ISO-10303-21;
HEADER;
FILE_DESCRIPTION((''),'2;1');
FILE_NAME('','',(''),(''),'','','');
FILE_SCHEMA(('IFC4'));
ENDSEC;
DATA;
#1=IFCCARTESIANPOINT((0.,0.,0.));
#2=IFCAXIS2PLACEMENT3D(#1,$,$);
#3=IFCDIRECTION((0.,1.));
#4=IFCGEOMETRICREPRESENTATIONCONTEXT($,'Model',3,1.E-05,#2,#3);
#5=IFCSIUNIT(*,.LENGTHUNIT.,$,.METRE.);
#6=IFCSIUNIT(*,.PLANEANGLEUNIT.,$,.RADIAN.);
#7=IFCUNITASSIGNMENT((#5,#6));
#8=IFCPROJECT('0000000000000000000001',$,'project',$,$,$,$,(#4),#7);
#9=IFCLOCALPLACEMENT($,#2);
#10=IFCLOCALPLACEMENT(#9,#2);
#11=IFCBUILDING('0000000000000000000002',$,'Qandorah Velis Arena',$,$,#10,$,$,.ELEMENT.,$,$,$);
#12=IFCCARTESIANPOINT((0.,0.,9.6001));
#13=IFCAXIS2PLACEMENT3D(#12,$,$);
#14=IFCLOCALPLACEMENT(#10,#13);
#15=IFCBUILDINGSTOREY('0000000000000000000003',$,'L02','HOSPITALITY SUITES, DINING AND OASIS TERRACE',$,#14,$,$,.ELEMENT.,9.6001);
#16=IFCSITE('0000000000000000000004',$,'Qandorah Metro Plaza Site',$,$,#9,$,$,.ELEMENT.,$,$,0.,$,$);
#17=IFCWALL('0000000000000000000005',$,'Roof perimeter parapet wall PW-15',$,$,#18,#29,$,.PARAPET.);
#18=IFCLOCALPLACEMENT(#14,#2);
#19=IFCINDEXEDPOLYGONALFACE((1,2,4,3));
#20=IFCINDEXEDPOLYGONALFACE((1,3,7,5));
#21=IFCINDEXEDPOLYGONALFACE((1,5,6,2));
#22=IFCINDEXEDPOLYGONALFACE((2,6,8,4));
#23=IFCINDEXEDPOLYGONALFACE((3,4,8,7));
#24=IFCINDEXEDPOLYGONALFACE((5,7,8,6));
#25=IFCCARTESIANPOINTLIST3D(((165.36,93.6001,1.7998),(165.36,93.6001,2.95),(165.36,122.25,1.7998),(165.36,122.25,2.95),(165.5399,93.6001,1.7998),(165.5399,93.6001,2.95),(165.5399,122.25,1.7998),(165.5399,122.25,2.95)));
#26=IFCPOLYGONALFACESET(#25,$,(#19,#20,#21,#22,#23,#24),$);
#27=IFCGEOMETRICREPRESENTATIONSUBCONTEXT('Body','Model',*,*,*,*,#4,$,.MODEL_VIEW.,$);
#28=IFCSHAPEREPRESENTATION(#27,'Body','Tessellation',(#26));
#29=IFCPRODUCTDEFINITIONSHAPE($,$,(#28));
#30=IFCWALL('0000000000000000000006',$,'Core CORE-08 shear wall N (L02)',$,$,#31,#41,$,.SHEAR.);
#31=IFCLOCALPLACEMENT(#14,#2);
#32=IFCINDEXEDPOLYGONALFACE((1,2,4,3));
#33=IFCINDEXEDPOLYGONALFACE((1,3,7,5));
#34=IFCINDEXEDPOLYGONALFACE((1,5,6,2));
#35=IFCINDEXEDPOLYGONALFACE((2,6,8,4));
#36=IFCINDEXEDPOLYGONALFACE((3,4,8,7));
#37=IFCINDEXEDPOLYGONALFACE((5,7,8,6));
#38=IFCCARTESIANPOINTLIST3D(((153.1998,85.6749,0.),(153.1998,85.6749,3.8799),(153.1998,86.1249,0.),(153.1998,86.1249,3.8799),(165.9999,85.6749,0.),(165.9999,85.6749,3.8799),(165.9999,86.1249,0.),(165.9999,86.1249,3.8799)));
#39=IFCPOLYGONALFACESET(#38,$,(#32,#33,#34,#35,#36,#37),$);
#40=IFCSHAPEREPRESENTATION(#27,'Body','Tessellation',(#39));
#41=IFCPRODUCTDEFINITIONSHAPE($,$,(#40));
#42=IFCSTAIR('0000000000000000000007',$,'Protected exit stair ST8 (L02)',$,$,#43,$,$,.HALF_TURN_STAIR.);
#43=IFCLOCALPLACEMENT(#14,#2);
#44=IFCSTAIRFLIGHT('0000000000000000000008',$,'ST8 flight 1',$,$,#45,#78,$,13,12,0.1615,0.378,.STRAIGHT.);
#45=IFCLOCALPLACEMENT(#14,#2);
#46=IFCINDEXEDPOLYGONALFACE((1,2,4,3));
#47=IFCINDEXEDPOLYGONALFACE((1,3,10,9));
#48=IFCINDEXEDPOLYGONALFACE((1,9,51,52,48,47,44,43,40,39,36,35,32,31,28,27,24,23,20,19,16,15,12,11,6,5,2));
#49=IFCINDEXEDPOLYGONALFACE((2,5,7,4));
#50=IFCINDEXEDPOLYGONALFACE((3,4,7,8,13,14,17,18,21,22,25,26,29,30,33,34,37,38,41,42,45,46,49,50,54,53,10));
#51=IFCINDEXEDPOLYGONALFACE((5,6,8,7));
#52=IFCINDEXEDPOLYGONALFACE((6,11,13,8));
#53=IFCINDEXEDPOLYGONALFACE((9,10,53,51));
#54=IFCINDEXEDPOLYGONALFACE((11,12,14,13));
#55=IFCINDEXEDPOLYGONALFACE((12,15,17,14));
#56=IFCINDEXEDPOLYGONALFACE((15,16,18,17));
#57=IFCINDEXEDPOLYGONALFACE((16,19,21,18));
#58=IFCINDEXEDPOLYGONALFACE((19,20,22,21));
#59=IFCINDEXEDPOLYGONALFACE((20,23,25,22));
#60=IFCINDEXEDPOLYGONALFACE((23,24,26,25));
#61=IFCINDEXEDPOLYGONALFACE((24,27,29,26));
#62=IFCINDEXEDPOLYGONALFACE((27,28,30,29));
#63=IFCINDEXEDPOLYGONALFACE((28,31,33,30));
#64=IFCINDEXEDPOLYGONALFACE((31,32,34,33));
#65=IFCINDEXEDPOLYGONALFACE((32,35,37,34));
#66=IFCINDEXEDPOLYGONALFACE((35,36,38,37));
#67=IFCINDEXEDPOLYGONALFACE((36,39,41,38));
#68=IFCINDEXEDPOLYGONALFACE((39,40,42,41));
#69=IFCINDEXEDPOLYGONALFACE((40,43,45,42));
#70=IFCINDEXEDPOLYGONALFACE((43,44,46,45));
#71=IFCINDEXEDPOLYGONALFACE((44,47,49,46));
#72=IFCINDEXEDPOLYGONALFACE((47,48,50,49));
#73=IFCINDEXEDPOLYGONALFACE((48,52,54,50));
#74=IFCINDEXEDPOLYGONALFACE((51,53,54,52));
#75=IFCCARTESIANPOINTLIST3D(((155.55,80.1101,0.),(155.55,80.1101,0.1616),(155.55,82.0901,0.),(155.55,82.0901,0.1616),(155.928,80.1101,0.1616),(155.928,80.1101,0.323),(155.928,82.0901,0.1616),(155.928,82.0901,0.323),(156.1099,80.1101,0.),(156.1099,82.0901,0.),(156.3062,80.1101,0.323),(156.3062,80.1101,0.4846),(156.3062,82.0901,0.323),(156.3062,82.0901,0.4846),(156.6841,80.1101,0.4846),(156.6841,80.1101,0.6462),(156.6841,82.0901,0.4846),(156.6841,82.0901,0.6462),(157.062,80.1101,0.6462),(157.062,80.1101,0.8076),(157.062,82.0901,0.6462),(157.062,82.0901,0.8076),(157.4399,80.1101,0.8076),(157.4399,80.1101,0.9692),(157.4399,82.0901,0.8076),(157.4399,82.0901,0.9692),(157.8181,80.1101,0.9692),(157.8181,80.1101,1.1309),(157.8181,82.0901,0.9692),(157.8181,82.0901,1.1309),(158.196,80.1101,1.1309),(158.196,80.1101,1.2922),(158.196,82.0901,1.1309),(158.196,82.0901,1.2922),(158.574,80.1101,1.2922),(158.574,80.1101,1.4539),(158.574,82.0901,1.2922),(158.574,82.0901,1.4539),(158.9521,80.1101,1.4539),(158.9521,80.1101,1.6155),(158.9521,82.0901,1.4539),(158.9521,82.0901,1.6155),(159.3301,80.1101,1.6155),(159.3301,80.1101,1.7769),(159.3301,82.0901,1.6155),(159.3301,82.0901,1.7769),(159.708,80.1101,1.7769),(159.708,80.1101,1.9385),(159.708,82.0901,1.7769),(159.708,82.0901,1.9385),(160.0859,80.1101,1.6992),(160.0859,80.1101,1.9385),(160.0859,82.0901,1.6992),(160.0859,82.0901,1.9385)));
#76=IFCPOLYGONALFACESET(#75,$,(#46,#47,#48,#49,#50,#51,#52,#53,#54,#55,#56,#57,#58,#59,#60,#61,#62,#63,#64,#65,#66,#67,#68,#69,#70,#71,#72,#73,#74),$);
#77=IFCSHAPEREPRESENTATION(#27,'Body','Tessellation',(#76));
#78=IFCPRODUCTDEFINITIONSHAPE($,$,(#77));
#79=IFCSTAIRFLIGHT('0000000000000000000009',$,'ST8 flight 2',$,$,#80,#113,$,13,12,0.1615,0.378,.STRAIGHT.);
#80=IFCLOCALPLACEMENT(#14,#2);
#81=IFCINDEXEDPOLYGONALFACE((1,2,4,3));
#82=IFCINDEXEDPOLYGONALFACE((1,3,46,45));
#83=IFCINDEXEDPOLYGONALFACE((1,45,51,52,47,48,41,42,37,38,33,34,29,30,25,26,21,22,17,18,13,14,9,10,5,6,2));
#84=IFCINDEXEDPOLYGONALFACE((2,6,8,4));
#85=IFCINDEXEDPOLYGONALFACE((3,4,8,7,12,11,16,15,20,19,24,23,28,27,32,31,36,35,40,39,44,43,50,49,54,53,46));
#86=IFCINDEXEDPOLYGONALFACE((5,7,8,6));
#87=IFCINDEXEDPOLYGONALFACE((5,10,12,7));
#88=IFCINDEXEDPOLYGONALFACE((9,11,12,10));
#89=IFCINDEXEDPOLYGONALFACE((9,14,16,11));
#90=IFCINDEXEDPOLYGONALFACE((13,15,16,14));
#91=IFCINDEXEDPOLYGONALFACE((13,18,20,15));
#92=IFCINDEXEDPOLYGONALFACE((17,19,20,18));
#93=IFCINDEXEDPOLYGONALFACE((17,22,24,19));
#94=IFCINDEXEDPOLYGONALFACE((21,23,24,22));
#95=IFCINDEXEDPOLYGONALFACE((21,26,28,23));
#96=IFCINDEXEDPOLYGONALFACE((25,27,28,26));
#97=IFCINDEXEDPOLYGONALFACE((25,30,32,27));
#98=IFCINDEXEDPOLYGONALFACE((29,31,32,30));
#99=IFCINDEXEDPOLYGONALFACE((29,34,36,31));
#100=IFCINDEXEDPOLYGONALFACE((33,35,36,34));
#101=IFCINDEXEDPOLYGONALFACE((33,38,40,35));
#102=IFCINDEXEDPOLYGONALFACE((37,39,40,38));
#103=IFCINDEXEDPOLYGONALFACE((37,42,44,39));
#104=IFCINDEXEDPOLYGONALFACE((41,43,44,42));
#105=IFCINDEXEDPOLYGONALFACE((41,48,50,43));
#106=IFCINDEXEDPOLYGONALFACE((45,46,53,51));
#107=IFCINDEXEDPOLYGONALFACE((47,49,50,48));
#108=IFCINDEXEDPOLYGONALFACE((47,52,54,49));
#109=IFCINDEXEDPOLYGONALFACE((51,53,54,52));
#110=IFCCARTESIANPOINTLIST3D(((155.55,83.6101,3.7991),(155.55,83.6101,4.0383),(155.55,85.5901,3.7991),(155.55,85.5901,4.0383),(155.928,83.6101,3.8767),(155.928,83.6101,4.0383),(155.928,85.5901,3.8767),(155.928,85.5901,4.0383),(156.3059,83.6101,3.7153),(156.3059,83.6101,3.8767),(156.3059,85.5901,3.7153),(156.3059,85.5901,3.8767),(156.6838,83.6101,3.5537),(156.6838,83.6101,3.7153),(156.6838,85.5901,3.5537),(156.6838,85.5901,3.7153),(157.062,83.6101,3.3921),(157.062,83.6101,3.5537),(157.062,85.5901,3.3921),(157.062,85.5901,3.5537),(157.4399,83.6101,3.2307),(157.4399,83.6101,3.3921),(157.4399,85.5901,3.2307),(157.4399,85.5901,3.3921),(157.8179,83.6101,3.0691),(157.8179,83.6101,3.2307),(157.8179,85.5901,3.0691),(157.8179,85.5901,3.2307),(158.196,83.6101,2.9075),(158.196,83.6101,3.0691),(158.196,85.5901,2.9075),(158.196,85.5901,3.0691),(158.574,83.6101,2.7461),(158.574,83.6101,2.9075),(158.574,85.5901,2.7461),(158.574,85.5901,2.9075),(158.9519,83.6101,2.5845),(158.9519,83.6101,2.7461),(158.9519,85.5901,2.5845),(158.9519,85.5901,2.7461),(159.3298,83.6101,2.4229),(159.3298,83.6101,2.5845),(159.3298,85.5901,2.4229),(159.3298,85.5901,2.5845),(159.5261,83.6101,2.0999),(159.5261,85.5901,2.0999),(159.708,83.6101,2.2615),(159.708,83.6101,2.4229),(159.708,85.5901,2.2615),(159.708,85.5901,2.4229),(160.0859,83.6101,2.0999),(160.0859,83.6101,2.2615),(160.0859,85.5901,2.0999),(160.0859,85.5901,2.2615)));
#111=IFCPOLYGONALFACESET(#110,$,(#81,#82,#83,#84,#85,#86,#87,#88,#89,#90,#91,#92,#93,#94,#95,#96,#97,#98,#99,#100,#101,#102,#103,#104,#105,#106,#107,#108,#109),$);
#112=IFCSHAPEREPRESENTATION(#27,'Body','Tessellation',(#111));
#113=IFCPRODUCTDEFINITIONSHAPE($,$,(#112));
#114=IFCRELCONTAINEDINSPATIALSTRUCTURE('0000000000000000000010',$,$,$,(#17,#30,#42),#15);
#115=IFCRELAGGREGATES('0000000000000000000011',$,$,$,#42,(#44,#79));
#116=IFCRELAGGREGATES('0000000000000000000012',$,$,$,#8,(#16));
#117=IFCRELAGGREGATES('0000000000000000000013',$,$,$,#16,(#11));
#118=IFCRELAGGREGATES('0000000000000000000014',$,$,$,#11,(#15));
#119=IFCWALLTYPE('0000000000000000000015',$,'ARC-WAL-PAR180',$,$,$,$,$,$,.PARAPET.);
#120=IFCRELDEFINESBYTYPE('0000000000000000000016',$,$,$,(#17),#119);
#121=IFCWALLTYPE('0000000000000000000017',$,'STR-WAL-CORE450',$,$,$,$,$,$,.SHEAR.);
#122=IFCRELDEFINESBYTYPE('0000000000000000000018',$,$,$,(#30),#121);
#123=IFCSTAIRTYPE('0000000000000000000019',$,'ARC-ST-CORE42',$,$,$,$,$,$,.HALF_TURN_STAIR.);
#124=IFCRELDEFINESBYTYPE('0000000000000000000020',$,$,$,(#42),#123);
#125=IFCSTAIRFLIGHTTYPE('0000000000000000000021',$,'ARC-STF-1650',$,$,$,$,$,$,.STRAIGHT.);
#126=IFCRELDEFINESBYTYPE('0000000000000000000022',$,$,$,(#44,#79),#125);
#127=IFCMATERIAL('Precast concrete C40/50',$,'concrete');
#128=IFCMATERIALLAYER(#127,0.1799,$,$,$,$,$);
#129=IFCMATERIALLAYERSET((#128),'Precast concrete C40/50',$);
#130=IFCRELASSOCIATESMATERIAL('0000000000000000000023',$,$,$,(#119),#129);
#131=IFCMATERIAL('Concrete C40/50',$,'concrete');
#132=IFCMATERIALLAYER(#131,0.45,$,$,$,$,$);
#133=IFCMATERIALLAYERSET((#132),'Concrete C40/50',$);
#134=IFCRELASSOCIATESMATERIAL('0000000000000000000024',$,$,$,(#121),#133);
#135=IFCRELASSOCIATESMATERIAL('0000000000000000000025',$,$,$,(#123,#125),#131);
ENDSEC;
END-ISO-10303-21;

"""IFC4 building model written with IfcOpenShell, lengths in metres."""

from ifc_helpers import new_model, si_unit, direction, frame, frame_2d, origin, place, context, subcontext, project, spatial, polyline, rectangle, outline, extrude, material, layer, layer_set, type_object, element, aggregate, save


model = new_model("IFC4")

# Units and contexts
model_context = context("Model", 3, precision=1e-05, world=origin(), true_north=direction((0.0, 1.0)))
body_context = subcontext(model_context, "Body", "Model", "MODEL_VIEW")
ifc_project = project(units=[si_unit("LENGTHUNIT", "METRE"), si_unit("PLANEANGLEUNIT", "RADIAN")], contexts=[model_context])

# Site, building, storey
site_placement = place(None, origin())
site = spatial("IfcSite", under=ifc_project, at=site_placement, Name="Qandorah Metro Plaza Site", CompositionType="ELEMENT", RefElevation=0.0)
building_placement = place(site_placement, origin())
building = spatial("IfcBuilding", under=site, at=building_placement, Name="Qandorah Velis Arena", CompositionType="ELEMENT")
storey_placement = place(building_placement, frame((0.0, 0.0, 9.6001)))
storey = spatial("IfcBuildingStorey", under=building, at=storey_placement, Name="L02", Description="HOSPITALITY SUITES, DINING AND OASIS TERRACE", CompositionType="ELEMENT", Elevation=9.6001)

# Shared definitions
ifc_material_1 = material(Name="Concrete C40/50", Category="concrete")

# Walls
ifc_material_2 = material(Name="Precast concrete C40/50", Category="concrete")
ifc_layer_1 = layer(ifc_material_2, 0.1799)
ifc_layer_set_1 = layer_set([ifc_layer_1], Name="Precast concrete C40/50")
wall_type_1 = type_object("IfcWallType", Name="ARC-WAL-PAR180", PredefinedType="PARAPET", material=ifc_layer_set_1)
wall_1_placement = place(storey_placement, frame((165.45, 93.6001, 1.7998), z_axis=(0.0, 0.0, 1.0), x_axis=(0.0, 1.0, 0.0)))
element("IfcWall", 1, at=wall_1_placement, inside=storey, type_object=wall_type_1, Name="Roof perimeter parapet wall PW-15", PredefinedType="PARAPET", context=body_context, shape_type="SweptSolid", body=[
    extrude(rectangle(XDim=28.6499, YDim=0.1799, at=frame_2d((14.325, 0.0))), origin(), (0.0, 0.0, 1.0), 1.1501),
])
ifc_layer_2 = layer(ifc_material_1, 0.45)
ifc_layer_set_2 = layer_set([ifc_layer_2], Name="Concrete C40/50")
wall_type_2 = type_object("IfcWallType", Name="STR-WAL-CORE450", PredefinedType="SHEAR", material=ifc_layer_set_2)
wall_2_placement = place(storey_placement, frame((153.2, 85.8999, 0.0), z_axis=(0.0, 0.0, 1.0), x_axis=(1.0, 0.0, 0.0)))
element("IfcWall", 2, at=wall_2_placement, inside=storey, type_object=wall_type_2, Name="Core CORE-08 shear wall N (L02)", PredefinedType="SHEAR", context=body_context, shape_type="SweptSolid", body=[
    extrude(rectangle(XDim=12.8, YDim=0.45, at=frame_2d((6.3999, 0.0))), origin(), (0.0, 0.0, 1.0), 3.8799),
])

# Stair, stair flights
stair_type = type_object("IfcStairType", Name="ARC-ST-CORE42", PredefinedType="HALF_TURN_STAIR", material=ifc_material_1)
stair_placement = place(storey_placement, origin())
stair = element("IfcStair", 3, at=stair_placement, inside=storey, type_object=stair_type, Name="Protected exit stair ST8 (L02)", PredefinedType="HALF_TURN_STAIR")
stair_flight_type = type_object("IfcStairFlightType", Name="ARC-STF-1650", PredefinedType="STRAIGHT", material=ifc_material_1)
stair_flight_1_placement = place(storey_placement, frame((155.55, 81.1001, 0.0), z_axis=(0.0, 0.0, 1.0), x_axis=(1.0, 0.0, 0.0)))
stair_flight_1 = element("IfcStairFlight", 4, at=stair_flight_1_placement, type_object=stair_flight_type, Name="ST8 flight 1", NumberOfRisers=13, NumberOfTreads=12, PredefinedType="STRAIGHT", RiserHeight=0.1615, TreadLength=0.378, context=body_context, shape_type="SweptSolid", body=[
    extrude(outline(polyline([(0.0, 0.0), (0.0, 0.1616), (0.3779, 0.1616), (0.3779, 0.323), (0.7561, 0.323), (0.7561, 0.4846), (1.134, 0.4846), (1.134, 0.6462), (1.512, 0.6462), (1.512, 0.8076), (1.8899, 0.8076), (1.8899, 0.9692), (2.2681, 0.9692), (2.2681, 1.1309), (2.646, 1.1309), (2.646, 1.2922), (3.0239, 1.2922), (3.0239, 1.4539), (3.4021, 1.4539), (3.4021, 1.6155), (3.78, 1.6155), (3.78, 1.7769), (4.158, 1.7769), (4.158, 1.9385), (4.5359, 1.9385), (4.5359, 2.1001), (4.5359, 1.6992), (0.5598, 0.0), (0.0, 0.0)])), frame((0.0, 0.99, 0.0), z_axis=(0.0, -1.0, 0.0), x_axis=(1.0, 0.0, 0.0)), (0.0, 0.0, 1.0), 1.98),
])
stair_flight_2_placement = place(storey_placement, frame((160.0859, 84.6001, 2.0999), z_axis=(0.0, 0.0, 1.0), x_axis=(-1.0, 0.0, 0.0)))
stair_flight_2 = element("IfcStairFlight", 5, at=stair_flight_2_placement, type_object=stair_flight_type, Name="ST8 flight 2", NumberOfRisers=13, NumberOfTreads=12, PredefinedType="STRAIGHT", RiserHeight=0.1615, TreadLength=0.378, context=body_context, shape_type="SweptSolid", body=[
    extrude(outline(polyline([(0.0, 0.0), (0.0, 0.1616), (0.3779, 0.1616), (0.3779, 0.323), (0.7561, 0.323), (0.7561, 0.4846), (1.134, 0.4846), (1.134, 0.6462), (1.512, 0.6462), (1.512, 0.8076), (1.8899, 0.8076), (1.8899, 0.9692), (2.2681, 0.9692), (2.2681, 1.1309), (2.646, 1.1309), (2.646, 1.2922), (3.0239, 1.2922), (3.0239, 1.4539), (3.4021, 1.4539), (3.4021, 1.6155), (3.78, 1.6155), (3.78, 1.7769), (4.158, 1.7769), (4.158, 1.9385), (4.5359, 1.9385), (4.5359, 2.1001), (4.5359, 1.6992), (0.5598, 0.0), (0.0, 0.0)])), frame((0.0, 0.99, 0.0), z_axis=(0.0, -1.0, 0.0), x_axis=(1.0, 0.0, 0.0)), (0.0, 0.0, 1.0), 1.98),
])
aggregate(stair, [stair_flight_1, stair_flight_2])

save(model, "model.ifc")
